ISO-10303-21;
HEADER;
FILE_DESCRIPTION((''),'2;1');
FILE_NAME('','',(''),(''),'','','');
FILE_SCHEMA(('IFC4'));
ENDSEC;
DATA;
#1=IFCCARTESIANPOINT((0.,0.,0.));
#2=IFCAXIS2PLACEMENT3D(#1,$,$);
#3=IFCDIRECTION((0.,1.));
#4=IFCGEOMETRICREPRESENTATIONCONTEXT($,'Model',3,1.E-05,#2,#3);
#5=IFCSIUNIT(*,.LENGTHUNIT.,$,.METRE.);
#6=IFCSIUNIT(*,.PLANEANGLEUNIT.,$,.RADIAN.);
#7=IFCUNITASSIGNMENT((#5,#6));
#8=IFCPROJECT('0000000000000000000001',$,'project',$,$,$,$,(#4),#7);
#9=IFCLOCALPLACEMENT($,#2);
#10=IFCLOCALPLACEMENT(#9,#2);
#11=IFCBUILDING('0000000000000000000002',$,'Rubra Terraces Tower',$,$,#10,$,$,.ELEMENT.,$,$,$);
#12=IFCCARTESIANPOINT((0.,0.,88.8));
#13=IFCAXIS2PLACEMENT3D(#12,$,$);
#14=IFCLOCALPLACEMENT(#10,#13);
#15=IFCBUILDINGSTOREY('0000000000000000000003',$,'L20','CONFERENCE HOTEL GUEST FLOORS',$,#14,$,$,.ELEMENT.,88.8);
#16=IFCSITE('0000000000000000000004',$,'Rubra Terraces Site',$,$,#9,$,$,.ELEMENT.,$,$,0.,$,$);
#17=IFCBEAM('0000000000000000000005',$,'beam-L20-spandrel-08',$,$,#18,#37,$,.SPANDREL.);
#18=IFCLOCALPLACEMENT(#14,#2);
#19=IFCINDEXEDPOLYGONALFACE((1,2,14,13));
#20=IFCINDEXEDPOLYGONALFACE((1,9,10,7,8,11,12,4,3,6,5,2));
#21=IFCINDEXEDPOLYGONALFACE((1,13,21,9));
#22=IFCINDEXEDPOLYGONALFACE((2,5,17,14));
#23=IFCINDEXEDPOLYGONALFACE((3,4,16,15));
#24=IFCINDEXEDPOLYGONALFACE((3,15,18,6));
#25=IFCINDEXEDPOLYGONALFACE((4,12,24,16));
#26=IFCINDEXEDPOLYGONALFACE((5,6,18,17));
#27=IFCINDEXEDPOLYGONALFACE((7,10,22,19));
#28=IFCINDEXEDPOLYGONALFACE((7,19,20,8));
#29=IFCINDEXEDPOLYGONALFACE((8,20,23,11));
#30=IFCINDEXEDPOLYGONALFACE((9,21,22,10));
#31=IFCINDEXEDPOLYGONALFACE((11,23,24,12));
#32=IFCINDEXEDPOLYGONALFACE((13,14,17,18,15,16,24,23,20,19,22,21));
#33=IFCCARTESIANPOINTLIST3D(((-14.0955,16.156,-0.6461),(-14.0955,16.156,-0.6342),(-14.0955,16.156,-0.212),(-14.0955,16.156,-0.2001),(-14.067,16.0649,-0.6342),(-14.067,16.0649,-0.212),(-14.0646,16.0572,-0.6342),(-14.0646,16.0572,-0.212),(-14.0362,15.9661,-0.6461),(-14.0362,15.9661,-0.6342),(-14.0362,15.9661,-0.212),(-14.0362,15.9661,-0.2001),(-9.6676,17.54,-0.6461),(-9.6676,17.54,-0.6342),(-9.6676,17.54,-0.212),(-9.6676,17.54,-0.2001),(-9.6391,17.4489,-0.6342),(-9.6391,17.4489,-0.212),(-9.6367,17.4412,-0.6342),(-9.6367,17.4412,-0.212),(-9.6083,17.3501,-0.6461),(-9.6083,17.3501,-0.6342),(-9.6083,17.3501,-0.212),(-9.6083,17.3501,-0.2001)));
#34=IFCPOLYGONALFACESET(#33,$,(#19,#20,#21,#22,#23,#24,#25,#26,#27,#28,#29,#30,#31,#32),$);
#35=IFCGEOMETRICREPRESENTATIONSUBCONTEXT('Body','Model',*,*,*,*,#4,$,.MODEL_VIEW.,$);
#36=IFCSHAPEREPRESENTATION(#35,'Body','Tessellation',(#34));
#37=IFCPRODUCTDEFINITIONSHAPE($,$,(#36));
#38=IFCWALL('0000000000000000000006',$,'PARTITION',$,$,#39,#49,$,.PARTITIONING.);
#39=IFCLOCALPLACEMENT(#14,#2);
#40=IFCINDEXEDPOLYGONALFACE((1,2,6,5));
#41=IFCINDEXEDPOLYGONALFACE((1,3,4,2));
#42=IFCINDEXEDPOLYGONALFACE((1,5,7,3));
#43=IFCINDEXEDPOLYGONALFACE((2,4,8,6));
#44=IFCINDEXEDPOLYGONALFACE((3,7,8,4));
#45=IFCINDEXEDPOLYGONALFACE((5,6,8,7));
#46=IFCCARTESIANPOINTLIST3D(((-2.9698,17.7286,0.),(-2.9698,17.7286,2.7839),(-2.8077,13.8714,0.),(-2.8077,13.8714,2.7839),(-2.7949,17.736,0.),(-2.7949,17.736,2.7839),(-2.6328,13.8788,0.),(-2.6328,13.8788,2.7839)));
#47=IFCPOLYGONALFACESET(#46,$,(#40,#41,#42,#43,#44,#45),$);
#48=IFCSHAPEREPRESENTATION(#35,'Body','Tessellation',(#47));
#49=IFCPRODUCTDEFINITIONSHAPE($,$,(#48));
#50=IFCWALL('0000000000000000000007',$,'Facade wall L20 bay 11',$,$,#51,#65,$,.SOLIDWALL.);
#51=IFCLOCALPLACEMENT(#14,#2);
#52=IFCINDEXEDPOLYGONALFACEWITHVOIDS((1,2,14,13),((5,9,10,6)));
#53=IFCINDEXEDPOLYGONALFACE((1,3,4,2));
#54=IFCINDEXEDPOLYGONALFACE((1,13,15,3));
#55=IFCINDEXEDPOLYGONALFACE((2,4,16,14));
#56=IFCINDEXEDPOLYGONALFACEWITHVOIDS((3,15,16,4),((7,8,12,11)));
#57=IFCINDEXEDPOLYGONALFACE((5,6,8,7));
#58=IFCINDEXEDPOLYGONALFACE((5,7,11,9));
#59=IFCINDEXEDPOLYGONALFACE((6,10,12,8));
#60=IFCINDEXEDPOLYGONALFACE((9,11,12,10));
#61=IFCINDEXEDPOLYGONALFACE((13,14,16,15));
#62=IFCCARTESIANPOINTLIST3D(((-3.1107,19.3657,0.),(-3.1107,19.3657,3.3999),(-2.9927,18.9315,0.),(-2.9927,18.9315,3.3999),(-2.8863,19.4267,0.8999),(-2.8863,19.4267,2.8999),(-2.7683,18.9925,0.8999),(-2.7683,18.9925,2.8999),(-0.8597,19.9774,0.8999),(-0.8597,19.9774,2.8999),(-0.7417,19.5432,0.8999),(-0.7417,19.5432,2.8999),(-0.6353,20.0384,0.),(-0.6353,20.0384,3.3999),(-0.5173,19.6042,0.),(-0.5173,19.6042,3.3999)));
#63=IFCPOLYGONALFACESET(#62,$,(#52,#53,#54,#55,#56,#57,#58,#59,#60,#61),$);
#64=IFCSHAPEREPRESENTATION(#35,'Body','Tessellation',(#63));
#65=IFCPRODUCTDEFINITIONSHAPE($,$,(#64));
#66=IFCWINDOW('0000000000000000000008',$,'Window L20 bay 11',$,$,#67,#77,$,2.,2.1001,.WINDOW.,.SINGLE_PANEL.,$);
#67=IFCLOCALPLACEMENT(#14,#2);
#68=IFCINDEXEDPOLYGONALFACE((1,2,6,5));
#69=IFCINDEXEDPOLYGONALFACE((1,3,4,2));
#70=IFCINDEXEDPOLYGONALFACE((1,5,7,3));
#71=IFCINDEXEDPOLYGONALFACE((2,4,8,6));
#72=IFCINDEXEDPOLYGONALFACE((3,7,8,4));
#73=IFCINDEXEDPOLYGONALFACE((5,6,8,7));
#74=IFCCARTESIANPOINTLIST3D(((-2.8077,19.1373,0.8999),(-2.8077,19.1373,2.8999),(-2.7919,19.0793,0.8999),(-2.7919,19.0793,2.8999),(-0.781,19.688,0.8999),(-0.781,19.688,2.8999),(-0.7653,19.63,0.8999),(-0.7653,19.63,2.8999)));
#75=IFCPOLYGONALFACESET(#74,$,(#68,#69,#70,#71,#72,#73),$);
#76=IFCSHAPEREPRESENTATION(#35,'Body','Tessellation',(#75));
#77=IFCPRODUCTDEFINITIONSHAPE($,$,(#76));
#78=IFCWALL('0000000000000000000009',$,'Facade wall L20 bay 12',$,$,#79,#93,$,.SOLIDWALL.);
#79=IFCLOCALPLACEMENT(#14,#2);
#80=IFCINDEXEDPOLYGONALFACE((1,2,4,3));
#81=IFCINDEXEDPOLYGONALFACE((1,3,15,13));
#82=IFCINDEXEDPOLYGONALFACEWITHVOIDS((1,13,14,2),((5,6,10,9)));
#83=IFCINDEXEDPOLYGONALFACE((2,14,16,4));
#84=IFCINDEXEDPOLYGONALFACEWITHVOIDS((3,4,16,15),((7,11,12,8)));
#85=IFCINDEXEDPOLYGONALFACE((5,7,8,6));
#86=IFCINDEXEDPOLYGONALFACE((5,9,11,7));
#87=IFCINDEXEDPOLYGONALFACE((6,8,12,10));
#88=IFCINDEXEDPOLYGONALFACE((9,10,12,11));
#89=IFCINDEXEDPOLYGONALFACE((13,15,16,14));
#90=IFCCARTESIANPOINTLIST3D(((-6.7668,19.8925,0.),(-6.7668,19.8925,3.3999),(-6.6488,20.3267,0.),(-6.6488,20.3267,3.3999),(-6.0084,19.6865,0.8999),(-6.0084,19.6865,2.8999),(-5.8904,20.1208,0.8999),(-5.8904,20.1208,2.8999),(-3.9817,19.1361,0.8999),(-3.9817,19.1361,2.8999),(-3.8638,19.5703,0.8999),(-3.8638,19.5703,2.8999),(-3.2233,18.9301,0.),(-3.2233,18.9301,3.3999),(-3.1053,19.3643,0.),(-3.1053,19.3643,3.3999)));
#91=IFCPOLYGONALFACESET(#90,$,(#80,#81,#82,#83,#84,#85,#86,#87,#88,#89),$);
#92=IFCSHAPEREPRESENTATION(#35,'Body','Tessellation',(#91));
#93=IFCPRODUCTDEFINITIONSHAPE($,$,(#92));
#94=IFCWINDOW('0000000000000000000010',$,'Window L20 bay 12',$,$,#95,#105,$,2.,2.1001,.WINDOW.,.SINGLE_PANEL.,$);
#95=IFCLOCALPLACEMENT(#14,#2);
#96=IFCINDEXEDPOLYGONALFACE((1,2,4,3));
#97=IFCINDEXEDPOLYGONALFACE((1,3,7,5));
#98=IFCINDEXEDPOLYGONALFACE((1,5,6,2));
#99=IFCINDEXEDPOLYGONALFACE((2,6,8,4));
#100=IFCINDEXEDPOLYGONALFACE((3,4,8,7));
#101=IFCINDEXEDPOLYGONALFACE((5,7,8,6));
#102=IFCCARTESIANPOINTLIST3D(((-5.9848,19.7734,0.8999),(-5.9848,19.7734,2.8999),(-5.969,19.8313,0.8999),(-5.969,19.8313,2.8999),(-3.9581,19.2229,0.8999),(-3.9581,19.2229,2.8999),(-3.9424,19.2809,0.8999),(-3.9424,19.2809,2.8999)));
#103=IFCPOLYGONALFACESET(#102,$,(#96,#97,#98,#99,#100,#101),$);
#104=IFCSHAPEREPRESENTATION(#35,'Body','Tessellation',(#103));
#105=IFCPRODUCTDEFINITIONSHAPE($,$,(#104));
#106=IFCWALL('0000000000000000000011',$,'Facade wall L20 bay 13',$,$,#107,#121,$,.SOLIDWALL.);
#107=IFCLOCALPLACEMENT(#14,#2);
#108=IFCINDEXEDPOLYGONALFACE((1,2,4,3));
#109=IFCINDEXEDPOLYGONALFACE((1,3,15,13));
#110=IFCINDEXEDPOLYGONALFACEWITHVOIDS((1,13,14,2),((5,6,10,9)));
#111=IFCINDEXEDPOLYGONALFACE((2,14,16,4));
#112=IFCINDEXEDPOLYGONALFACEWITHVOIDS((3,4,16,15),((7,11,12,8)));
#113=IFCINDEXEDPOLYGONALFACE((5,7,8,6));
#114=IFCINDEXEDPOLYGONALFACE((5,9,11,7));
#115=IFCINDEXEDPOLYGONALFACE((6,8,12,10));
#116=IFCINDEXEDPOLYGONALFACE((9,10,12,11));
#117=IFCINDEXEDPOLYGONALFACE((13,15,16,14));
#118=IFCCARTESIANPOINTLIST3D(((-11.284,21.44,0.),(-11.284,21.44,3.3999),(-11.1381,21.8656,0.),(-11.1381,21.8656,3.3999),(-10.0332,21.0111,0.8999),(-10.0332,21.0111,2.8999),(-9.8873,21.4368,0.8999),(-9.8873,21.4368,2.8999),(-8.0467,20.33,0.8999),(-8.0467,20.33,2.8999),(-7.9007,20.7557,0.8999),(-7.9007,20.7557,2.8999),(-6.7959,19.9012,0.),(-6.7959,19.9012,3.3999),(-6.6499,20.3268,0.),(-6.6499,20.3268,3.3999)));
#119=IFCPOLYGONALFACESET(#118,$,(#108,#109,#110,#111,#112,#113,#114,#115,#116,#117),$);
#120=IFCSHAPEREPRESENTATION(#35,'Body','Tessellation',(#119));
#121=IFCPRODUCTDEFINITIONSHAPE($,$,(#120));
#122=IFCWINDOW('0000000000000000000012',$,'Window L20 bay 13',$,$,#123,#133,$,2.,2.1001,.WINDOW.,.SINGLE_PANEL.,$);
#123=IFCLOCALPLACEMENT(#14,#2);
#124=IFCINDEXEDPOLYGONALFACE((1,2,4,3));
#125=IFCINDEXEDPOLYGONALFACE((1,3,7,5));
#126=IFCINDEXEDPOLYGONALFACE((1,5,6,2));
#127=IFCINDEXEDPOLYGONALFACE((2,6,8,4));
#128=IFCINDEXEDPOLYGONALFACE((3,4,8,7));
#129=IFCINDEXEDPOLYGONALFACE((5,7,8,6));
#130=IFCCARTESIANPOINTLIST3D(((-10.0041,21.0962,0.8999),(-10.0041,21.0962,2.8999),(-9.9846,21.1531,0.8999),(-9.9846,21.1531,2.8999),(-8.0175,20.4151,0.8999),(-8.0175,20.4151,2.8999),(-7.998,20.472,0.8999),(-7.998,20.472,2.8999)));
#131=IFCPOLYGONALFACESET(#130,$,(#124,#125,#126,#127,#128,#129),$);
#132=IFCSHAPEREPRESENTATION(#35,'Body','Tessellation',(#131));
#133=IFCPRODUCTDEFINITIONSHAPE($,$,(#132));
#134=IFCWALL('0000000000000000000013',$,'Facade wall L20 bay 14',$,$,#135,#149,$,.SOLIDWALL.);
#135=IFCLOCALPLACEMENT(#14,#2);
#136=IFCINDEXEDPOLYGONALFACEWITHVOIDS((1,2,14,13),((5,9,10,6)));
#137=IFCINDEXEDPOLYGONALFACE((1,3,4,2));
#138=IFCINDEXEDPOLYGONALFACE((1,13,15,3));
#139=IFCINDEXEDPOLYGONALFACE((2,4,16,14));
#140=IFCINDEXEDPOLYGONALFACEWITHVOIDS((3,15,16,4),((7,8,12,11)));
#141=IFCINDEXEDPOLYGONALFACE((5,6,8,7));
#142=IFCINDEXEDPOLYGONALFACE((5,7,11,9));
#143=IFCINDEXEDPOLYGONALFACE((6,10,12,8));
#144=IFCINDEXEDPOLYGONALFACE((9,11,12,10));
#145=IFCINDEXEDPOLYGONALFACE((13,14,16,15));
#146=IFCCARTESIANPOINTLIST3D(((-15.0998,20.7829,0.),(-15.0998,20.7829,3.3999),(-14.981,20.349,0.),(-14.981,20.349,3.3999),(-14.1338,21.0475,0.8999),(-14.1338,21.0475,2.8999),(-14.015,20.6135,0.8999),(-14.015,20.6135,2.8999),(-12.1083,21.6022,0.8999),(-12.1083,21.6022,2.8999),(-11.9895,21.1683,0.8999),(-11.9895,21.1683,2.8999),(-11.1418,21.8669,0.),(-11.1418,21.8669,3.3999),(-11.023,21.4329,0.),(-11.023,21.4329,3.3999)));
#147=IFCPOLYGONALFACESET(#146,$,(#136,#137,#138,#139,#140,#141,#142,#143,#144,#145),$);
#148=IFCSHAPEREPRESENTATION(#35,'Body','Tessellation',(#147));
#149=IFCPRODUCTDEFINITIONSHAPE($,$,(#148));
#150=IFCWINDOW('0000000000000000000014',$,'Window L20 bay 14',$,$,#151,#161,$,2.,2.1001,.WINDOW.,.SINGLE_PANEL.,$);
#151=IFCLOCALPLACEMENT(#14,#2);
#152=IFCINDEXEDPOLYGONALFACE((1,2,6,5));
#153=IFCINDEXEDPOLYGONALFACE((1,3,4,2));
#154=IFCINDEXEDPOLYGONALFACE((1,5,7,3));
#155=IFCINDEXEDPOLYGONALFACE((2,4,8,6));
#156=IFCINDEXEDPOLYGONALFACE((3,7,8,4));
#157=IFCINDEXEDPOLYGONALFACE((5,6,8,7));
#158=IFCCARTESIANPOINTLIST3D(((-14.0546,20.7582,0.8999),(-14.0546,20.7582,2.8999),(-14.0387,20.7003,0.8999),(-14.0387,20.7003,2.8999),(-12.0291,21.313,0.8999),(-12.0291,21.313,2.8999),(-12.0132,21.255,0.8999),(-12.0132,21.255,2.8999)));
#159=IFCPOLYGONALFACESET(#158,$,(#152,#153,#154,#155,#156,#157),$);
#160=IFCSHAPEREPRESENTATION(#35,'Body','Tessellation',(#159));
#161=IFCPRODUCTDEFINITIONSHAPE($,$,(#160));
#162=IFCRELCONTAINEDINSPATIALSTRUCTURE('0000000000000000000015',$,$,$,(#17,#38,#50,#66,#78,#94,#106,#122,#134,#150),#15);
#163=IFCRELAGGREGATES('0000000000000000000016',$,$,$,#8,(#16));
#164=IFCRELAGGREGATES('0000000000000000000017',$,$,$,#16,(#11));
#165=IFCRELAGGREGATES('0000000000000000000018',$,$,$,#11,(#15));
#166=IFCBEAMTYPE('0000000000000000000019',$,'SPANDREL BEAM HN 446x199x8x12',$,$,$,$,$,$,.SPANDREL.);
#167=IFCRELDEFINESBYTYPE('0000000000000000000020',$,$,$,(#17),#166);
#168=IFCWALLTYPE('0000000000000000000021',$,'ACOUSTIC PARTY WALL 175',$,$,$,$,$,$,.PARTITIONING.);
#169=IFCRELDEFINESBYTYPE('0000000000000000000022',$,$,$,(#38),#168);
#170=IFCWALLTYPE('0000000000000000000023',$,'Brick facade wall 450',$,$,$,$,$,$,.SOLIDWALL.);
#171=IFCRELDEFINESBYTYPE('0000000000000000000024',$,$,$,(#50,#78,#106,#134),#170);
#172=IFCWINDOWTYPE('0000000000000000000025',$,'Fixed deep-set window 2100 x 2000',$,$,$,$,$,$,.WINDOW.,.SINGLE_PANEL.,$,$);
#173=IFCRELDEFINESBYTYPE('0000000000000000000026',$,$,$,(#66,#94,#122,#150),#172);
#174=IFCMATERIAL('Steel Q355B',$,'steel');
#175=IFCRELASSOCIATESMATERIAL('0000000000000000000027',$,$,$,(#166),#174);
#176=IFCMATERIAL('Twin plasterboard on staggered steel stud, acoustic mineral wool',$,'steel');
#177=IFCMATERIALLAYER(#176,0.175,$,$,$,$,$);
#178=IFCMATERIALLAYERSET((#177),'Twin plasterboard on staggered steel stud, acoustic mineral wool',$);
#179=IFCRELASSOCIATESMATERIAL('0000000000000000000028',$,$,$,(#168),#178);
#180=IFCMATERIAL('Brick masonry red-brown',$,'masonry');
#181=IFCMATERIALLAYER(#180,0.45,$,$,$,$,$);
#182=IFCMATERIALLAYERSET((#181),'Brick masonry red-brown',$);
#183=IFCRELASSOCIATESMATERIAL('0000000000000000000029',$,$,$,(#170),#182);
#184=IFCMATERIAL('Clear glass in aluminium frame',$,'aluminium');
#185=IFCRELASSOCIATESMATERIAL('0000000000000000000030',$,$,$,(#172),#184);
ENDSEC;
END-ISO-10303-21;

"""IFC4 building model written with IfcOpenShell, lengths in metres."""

from ifc_helpers import new_model, si_unit, direction, frame, frame_2d, origin, origin_2d, place, context, subcontext, project, spatial, rectangle, i_section, extrude, material, layer, layer_set, material_profile, profile_set, type_object, element, fill, save


model = new_model("IFC4")

# Units and contexts
model_context = context("Model", 3, precision=1e-05, world=origin(), true_north=direction((0.0, 1.0)))
body_context = subcontext(model_context, "Body", "Model", "MODEL_VIEW")
ifc_project = project(units=[si_unit("LENGTHUNIT", "METRE"), si_unit("PLANEANGLEUNIT", "RADIAN")], contexts=[model_context])

# Site, building, storey
site_placement = place(None, origin())
site = spatial("IfcSite", under=ifc_project, at=site_placement, Name="Rubra Terraces Site", CompositionType="ELEMENT", RefElevation=0.0)
building_placement = place(site_placement, origin())
building = spatial("IfcBuilding", under=site, at=building_placement, Name="Rubra Terraces Tower", CompositionType="ELEMENT")
storey_placement = place(building_placement, frame((0.0, 0.0, 88.8)))
storey = spatial("IfcBuildingStorey", under=building, at=storey_placement, Name="L20", Description="CONFERENCE HOTEL GUEST FLOORS", CompositionType="ELEMENT", Elevation=88.8)

# Beam
ifc_material_1 = material(Name="Steel Q355B", Category="steel")
ifc_material_profile_1 = material_profile(ifc_material_1, i_section(OverallWidth=0.199, OverallDepth=0.446, WebThickness=0.0081, FlangeThickness=0.012, at=origin_2d()), Name="HN 446x199x8x12")
ifc_profile_set_1 = profile_set([ifc_material_profile_1], Name="Steel Q355B")
beam_type_1 = type_object("IfcBeamType", Name="SPANDREL BEAM HN 446x199x8x12", PredefinedType="SPANDREL", material=ifc_profile_set_1)
beam_1_placement = place(storey_placement, frame((-9.6379, 17.4451, -0.4231), z_axis=(-0.954462, -0.298332, 0.0), x_axis=(0.298332, -0.954462, 0.0)))
element("IfcBeam", 1, at=beam_1_placement, inside=storey, type_object=beam_type_1, Name="beam-L20-spandrel-08", PredefinedType="SPANDREL", context=body_context, shape_type="SweptSolid", body=[
    extrude(i_section(OverallWidth=0.199, OverallDepth=0.446, WebThickness=0.0081, FlangeThickness=0.012, at=origin_2d()), origin(), (0.0, 0.0, 1.0), 4.6392),
])

# Wall
ifc_material_2 = material(Name="Twin plasterboard on staggered steel stud, acoustic mineral wool", Category="steel")
ifc_layer_1 = layer(ifc_material_2, 0.175)
ifc_layer_set_1 = layer_set([ifc_layer_1], Name="Twin plasterboard on staggered steel stud, acoustic mineral wool")
wall_type_1 = type_object("IfcWallType", Name="ACOUSTIC PARTY WALL 175", PredefinedType="PARTITIONING", material=ifc_layer_set_1)
wall_1_placement = place(storey_placement, frame((-2.8823, 17.7322, 0.0), z_axis=(0.0, 0.0, 1.0), x_axis=(0.041991, -0.999118, 0.0)))
element("IfcWall", 2, at=wall_1_placement, inside=storey, type_object=wall_type_1, Name="PARTITION", PredefinedType="PARTITIONING", context=body_context, shape_type="SweptSolid", body=[
    extrude(rectangle(XDim=3.8606, YDim=0.175, at=frame_2d((1.9302, 0.0))), origin(), (0.0, 0.0, 1.0), 2.7839),
])

# Walls, openings, windows
ifc_material_3 = material(Name="Brick masonry red-brown", Category="masonry")
ifc_layer_2 = layer(ifc_material_3, 0.45)
ifc_layer_set_2 = layer_set([ifc_layer_2], Name="Brick masonry red-brown")
wall_type_2 = type_object("IfcWallType", Name="Brick facade wall 450", PredefinedType="SOLIDWALL", material=ifc_layer_set_2)
wall_2_placement = place(storey_placement, frame((-0.5762, 19.8213, 0.0), z_axis=(0.0, 0.0, 1.0), x_axis=(-0.965009, -0.262215, 0.0)))
wall_2 = element("IfcWall", 3, at=wall_2_placement, inside=storey, type_object=wall_type_2, Name="Facade wall L20 bay 11", PredefinedType="SOLIDWALL", context=body_context, shape_type="SweptSolid", body=[
    extrude(rectangle(XDim=2.5652, YDim=0.45, at=frame_2d((1.2827, 0.0))), origin(), (0.0, 0.0, 1.0), 3.3999),
])
opening_1_placement = place(wall_2_placement, frame((0.2327, 0.0, 0.8999)))
opening_1 = element("IfcOpeningElement", 4, at=opening_1_placement, cuts=wall_2, PredefinedType="OPENING", context=body_context, shape_type="SweptSolid", body=[
    extrude(rectangle(XDim=2.1001, YDim=2.0, at=frame_2d((1.05, 1.0))), frame((0.0, 0.2349, 0.0), z_axis=(0.0, -1.0, 0.0), x_axis=(1.0, 0.0, 0.0)), (0.0, 0.0, 1.0), 0.47),
])
ifc_material_4 = material(Name="Clear glass in aluminium frame", Category="aluminium")
window_type = type_object("IfcWindowType", Name="Fixed deep-set window 2100 x 2000", PartitioningType="SINGLE_PANEL", PredefinedType="WINDOW", material=ifc_material_4)
window_1_placement = place(opening_1_placement, origin())
window_1 = element("IfcWindow", 5, at=window_1_placement, inside=storey, type_object=window_type, Name="Window L20 bay 11", OverallHeight=2.0, OverallWidth=2.1001, PartitioningType="SINGLE_PANEL", PredefinedType="WINDOW", context=body_context, shape_type="SweptSolid", body=[
    extrude(rectangle(XDim=2.1001, YDim=2.0, at=frame_2d((1.05, 1.0))), frame((0.0, 0.135, 0.0), z_axis=(0.0, -1.0, 0.0), x_axis=(1.0, 0.0, 0.0)), (0.0, 0.0, 1.0), 0.0601),
])
fill(opening_1, window_1)
wall_3_placement = place(storey_placement, frame((-3.1643, 19.1472, 0.0), z_axis=(0.0, 0.0, 1.0), x_axis=(-0.965039, 0.262105, 0.0)))
wall_3 = element("IfcWall", 6, at=wall_3_placement, inside=storey, type_object=wall_type_2, Name="Facade wall L20 bay 12", PredefinedType="SOLIDWALL", context=body_context, shape_type="SweptSolid", body=[
    extrude(rectangle(XDim=3.6719, YDim=0.45, at=frame_2d((1.8359, 0.0))), origin(), (0.0, 0.0, 1.0), 3.3999),
])
opening_2_placement = place(wall_3_placement, frame((0.7859, 0.0, 0.8999)))
opening_2 = element("IfcOpeningElement", 7, at=opening_2_placement, cuts=wall_3, PredefinedType="OPENING", context=body_context, shape_type="SweptSolid", body=[
    extrude(rectangle(XDim=2.1001, YDim=2.0, at=frame_2d((1.05, 1.0))), frame((0.0, 0.2349, 0.0), z_axis=(0.0, -1.0, 0.0), x_axis=(1.0, 0.0, 0.0)), (0.0, 0.0, 1.0), 0.47),
])
window_2_placement = place(opening_2_placement, origin())
window_2 = element("IfcWindow", 8, at=window_2_placement, inside=storey, type_object=window_type, Name="Window L20 bay 12", OverallHeight=2.0, OverallWidth=2.1001, PartitioningType="SINGLE_PANEL", PredefinedType="WINDOW", context=body_context, shape_type="SweptSolid", body=[
    extrude(rectangle(XDim=2.1001, YDim=2.0, at=frame_2d((1.05, 1.0))), frame((0.0, 0.135, 0.0), z_axis=(0.0, -1.0, 0.0), x_axis=(1.0, 0.0, 0.0)), (0.0, 0.0, 1.0), 0.0601),
])
fill(opening_2, window_2)
wall_4_placement = place(storey_placement, frame((-6.7229, 20.114, 0.0), z_axis=(0.0, 0.0, 1.0), x_axis=(-0.945947, 0.32432, 0.0)))
wall_4 = element("IfcWall", 9, at=wall_4_placement, inside=storey, type_object=wall_type_2, Name="Facade wall L20 bay 13", PredefinedType="SOLIDWALL", context=body_context, shape_type="SweptSolid", body=[
    extrude(rectangle(XDim=4.7446, YDim=0.45, at=frame_2d((2.3723, 0.0))), origin(), (0.0, 0.0, 1.0), 3.3999),
])
opening_3_placement = place(wall_4_placement, frame((1.3223, 0.0, 0.8999)))
opening_3 = element("IfcOpeningElement", 10, at=opening_3_placement, cuts=wall_4, PredefinedType="OPENING", context=body_context, shape_type="SweptSolid", body=[
    extrude(rectangle(XDim=2.1001, YDim=2.0, at=frame_2d((1.05, 1.0))), frame((0.0, 0.2349, 0.0), z_axis=(0.0, -1.0, 0.0), x_axis=(1.0, 0.0, 0.0)), (0.0, 0.0, 1.0), 0.47),
])
window_3_placement = place(opening_3_placement, origin())
window_3 = element("IfcWindow", 11, at=window_3_placement, inside=storey, type_object=window_type, Name="Window L20 bay 13", OverallHeight=2.0, OverallWidth=2.1001, PartitioningType="SINGLE_PANEL", PredefinedType="WINDOW", context=body_context, shape_type="SweptSolid", body=[
    extrude(rectangle(XDim=2.1001, YDim=2.0, at=frame_2d((1.05, 1.0))), frame((0.0, 0.135, 0.0), z_axis=(0.0, -1.0, 0.0), x_axis=(1.0, 0.0, 0.0)), (0.0, 0.0, 1.0), 0.0601),
])
fill(opening_3, window_3)
wall_5_placement = place(storey_placement, frame((-11.0825, 21.6499, 0.0), z_axis=(0.0, 0.0, 1.0), x_axis=(-0.964483, -0.264144, 0.0)))
wall_5 = element("IfcWall", 12, at=wall_5_placement, inside=storey, type_object=wall_type_2, Name="Facade wall L20 bay 14", PredefinedType="SOLIDWALL", context=body_context, shape_type="SweptSolid", body=[
    extrude(rectangle(XDim=4.1038, YDim=0.45, at=frame_2d((2.0518, 0.0))), origin(), (0.0, 0.0, 1.0), 3.3999),
])
opening_4_placement = place(wall_5_placement, frame((1.002, 0.0, 0.8999)))
opening_4 = element("IfcOpeningElement", 13, at=opening_4_placement, cuts=wall_5, PredefinedType="OPENING", context=body_context, shape_type="SweptSolid", body=[
    extrude(rectangle(XDim=2.1001, YDim=2.0, at=frame_2d((1.05, 1.0))), frame((0.0, 0.2349, 0.0), z_axis=(0.0, -1.0, 0.0), x_axis=(1.0, 0.0, 0.0)), (0.0, 0.0, 1.0), 0.47),
])
window_4_placement = place(opening_4_placement, origin())
window_4 = element("IfcWindow", 14, at=window_4_placement, inside=storey, type_object=window_type, Name="Window L20 bay 14", OverallHeight=2.0, OverallWidth=2.1001, PartitioningType="SINGLE_PANEL", PredefinedType="WINDOW", context=body_context, shape_type="SweptSolid", body=[
    extrude(rectangle(XDim=2.1001, YDim=2.0, at=frame_2d((1.05, 1.0))), frame((0.0, 0.135, 0.0), z_axis=(0.0, -1.0, 0.0), x_axis=(1.0, 0.0, 0.0)), (0.0, 0.0, 1.0), 0.0601),
])
fill(opening_4, window_4)

save(model, "model.ifc")
